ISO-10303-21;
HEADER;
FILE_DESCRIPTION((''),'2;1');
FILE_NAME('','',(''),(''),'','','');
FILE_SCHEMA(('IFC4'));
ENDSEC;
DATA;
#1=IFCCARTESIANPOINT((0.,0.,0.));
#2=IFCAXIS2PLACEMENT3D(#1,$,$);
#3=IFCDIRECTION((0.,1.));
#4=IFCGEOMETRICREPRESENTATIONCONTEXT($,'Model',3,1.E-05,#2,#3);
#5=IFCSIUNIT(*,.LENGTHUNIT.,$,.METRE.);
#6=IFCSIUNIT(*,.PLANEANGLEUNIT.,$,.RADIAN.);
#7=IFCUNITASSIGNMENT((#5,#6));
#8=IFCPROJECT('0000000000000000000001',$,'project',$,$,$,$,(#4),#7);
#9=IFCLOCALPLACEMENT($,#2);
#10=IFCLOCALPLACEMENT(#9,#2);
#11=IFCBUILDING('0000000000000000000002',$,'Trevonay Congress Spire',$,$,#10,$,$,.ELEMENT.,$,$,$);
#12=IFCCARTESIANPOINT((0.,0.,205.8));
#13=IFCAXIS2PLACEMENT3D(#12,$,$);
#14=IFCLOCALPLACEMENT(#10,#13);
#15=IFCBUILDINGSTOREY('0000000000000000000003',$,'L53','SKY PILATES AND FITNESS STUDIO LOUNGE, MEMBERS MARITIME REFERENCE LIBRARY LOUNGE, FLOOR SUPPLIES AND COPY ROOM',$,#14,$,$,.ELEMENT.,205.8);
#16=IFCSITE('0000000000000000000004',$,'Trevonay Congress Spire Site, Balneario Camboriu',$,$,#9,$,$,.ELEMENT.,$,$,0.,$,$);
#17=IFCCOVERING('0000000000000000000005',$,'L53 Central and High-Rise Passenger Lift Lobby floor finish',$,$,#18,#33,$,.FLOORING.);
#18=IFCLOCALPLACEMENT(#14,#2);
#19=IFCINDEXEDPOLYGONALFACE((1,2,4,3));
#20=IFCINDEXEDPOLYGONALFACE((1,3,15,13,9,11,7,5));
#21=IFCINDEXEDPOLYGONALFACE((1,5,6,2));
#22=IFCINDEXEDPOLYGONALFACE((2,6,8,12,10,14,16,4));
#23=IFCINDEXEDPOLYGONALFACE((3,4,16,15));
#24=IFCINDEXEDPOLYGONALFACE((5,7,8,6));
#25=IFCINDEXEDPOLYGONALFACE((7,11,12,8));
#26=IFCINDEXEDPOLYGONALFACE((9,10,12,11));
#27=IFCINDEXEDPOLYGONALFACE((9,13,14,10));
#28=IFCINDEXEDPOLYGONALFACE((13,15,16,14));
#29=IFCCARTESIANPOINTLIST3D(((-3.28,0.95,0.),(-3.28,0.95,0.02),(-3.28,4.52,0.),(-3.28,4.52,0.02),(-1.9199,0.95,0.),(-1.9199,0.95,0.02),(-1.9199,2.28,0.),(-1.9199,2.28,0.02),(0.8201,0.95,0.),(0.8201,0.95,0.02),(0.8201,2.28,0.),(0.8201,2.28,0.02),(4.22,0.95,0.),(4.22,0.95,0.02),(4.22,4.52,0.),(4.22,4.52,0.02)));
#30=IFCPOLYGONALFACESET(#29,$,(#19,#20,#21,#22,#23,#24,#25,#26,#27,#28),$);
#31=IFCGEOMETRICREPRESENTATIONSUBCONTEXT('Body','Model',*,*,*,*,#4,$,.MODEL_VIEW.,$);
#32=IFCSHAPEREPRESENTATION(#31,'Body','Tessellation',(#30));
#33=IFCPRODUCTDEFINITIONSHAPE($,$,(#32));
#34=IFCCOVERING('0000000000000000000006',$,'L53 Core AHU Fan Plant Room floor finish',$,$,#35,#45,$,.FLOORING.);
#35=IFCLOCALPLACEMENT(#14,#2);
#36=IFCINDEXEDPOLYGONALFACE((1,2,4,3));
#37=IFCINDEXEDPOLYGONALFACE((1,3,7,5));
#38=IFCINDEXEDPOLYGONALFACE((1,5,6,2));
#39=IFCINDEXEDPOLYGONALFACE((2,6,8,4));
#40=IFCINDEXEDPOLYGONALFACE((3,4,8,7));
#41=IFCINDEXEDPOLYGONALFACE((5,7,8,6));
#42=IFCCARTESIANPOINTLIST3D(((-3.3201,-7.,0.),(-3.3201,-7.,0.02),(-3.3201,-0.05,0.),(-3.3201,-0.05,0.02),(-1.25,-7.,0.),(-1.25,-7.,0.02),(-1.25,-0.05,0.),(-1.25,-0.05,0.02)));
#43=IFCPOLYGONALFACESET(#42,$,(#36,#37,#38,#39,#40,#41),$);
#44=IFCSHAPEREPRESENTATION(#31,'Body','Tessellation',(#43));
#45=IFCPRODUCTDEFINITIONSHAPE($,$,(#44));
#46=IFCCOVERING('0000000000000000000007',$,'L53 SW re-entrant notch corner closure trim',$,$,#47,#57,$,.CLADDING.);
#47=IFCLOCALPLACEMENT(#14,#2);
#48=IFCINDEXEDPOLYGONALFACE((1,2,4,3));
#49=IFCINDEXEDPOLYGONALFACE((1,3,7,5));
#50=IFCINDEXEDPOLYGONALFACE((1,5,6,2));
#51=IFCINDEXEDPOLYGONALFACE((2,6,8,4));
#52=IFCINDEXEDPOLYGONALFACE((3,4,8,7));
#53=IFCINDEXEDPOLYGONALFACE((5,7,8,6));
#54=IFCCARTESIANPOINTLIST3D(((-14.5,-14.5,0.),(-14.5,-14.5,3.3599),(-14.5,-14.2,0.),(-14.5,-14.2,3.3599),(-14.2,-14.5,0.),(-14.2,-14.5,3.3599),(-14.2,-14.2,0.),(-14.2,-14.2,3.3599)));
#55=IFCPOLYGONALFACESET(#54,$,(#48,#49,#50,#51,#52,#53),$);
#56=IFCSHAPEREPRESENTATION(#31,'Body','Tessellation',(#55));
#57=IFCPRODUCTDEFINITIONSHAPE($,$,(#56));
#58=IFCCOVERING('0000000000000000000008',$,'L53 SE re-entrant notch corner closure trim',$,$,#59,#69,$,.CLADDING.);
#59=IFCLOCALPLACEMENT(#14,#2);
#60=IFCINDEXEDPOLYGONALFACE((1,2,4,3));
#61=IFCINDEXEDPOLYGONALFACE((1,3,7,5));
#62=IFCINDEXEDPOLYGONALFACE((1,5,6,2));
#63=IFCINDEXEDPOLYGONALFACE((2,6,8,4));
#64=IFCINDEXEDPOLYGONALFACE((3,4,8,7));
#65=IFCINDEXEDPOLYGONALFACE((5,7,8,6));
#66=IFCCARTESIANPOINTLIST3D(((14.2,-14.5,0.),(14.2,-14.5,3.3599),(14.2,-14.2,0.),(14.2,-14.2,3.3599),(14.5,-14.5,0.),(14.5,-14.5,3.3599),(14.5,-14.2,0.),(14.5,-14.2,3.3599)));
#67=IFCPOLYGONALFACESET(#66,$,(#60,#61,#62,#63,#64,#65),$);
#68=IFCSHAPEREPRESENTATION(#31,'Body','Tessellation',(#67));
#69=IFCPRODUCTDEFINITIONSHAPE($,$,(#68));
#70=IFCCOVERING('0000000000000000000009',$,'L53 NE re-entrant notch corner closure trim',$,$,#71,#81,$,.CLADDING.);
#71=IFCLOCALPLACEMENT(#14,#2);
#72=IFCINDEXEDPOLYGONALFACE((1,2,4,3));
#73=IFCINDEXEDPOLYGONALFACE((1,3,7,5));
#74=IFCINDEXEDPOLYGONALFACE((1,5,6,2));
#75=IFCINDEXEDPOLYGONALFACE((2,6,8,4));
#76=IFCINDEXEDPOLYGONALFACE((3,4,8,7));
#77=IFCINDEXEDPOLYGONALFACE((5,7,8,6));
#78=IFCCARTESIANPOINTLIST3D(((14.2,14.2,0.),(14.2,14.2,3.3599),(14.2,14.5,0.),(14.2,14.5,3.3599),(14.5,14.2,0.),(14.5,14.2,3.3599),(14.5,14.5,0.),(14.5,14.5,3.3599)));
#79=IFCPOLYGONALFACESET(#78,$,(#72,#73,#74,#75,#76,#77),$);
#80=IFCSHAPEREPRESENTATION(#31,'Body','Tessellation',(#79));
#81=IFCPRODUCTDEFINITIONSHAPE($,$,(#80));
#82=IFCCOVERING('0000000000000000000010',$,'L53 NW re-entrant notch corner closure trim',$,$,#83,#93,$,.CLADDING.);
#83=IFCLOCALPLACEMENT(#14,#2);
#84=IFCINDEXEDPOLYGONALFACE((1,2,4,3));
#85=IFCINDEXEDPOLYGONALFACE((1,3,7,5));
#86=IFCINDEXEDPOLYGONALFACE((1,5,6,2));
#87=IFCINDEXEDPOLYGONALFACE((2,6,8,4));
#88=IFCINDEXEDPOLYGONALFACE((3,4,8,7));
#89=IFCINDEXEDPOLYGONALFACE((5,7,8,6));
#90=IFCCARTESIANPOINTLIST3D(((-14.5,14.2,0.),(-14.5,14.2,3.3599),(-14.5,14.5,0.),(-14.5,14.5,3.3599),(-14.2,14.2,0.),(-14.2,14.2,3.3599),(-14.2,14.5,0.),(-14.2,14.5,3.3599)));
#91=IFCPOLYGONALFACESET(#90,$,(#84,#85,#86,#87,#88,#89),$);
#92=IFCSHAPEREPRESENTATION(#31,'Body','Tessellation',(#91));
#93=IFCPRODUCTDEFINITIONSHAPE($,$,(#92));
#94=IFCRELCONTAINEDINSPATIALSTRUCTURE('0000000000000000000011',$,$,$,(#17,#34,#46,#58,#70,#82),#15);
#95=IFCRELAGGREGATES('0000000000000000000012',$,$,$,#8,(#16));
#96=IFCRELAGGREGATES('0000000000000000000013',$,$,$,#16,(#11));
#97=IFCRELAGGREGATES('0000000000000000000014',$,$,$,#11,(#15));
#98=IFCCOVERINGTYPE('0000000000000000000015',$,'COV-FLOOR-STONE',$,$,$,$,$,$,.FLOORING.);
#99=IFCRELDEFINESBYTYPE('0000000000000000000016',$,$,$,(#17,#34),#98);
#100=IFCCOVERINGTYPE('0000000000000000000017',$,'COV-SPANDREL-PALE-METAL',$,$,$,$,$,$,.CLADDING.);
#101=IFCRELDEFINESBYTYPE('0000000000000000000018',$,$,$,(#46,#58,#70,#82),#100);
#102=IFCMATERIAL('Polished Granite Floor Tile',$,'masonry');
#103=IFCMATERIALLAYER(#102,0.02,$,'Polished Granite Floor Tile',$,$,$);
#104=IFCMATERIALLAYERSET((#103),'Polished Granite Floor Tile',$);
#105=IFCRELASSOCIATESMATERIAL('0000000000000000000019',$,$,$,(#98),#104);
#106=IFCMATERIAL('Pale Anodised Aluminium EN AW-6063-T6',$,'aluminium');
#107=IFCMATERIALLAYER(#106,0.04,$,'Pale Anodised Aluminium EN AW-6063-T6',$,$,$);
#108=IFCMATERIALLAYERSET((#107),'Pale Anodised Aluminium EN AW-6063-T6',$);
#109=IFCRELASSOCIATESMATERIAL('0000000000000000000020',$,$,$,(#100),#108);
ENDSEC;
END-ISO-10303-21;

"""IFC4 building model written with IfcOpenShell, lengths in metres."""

from ifc_helpers import new_model, si_unit, direction, frame, origin, place, context, subcontext, project, spatial, polyline, outline, extrude, material, layer, layer_set, type_object, element, save


model = new_model("IFC4")

# Units and contexts
model_context = context("Model", 3, precision=1e-05, world=origin(), true_north=direction((0.0, 1.0)))
body_context = subcontext(model_context, "Body", "Model", "MODEL_VIEW")
ifc_project = project(units=[si_unit("LENGTHUNIT", "METRE"), si_unit("PLANEANGLEUNIT", "RADIAN")], contexts=[model_context])

# Site, building, storey
site_placement = place(None, origin())
site = spatial("IfcSite", under=ifc_project, at=site_placement, Name="Trevonay Congress Spire Site, Balneario Camboriu", CompositionType="ELEMENT", RefElevation=0.0)
building_placement = place(site_placement, origin())
building = spatial("IfcBuilding", under=site, at=building_placement, Name="Trevonay Congress Spire", CompositionType="ELEMENT")
storey_placement = place(building_placement, frame((0.0, 0.0, 205.8)))
storey = spatial("IfcBuildingStorey", under=building, at=storey_placement, Name="L53", Description="SKY PILATES AND FITNESS STUDIO LOUNGE, MEMBERS MARITIME REFERENCE LIBRARY LOUNGE, FLOOR SUPPLIES AND COPY ROOM", CompositionType="ELEMENT", Elevation=205.8)

# Shared definitions
ifc_material_1 = material(Name="Pale Anodised Aluminium EN AW-6063-T6", Category="aluminium")

# Coverings
ifc_material_2 = material(Name="Polished Granite Floor Tile", Category="masonry")
ifc_layer_1 = layer(ifc_material_2, 0.02, Name="Polished Granite Floor Tile")
ifc_layer_set_1 = layer_set([ifc_layer_1], Name="Polished Granite Floor Tile")
covering_type_1 = type_object("IfcCoveringType", Name="COV-FLOOR-STONE", PredefinedType="FLOORING", material=ifc_layer_set_1)
covering_1_placement = place(storey_placement, origin())
element("IfcCovering", 1, at=covering_1_placement, inside=storey, type_object=covering_type_1, Name="L53 Central and High-Rise Passenger Lift Lobby floor finish", PredefinedType="FLOORING", context=body_context, shape_type="SweptSolid", body=[
    extrude(outline(polyline([(-3.28, 0.95), (-1.9199, 0.95), (-1.9199, 2.28), (0.8201, 2.28), (0.8201, 0.95), (4.22, 0.95), (4.22, 4.52), (-3.28, 4.52), (-3.28, 0.95)])), origin(), (0.0, 0.0, 1.0), 0.02),
])
covering_2_placement = place(storey_placement, origin())
element("IfcCovering", 2, at=covering_2_placement, inside=storey, type_object=covering_type_1, Name="L53 Core AHU Fan Plant Room floor finish", PredefinedType="FLOORING", context=body_context, shape_type="SweptSolid", body=[
    extrude(outline(polyline([(-3.3201, -7.0), (-1.25, -7.0), (-1.25, -0.05), (-3.3201, -0.05), (-3.3201, -7.0)])), origin(), (0.0, 0.0, 1.0), 0.02),
])
ifc_layer_2 = layer(ifc_material_1, 0.04, Name="Pale Anodised Aluminium EN AW-6063-T6")
ifc_layer_set_2 = layer_set([ifc_layer_2], Name="Pale Anodised Aluminium EN AW-6063-T6")
covering_type_2 = type_object("IfcCoveringType", Name="COV-SPANDREL-PALE-METAL", PredefinedType="CLADDING", material=ifc_layer_set_2)
covering_3_placement = place(storey_placement, origin())
element("IfcCovering", 3, at=covering_3_placement, inside=storey, type_object=covering_type_2, Name="L53 SW re-entrant notch corner closure trim", PredefinedType="CLADDING", context=body_context, shape_type="SweptSolid", body=[
    extrude(outline(polyline([(-14.5, -14.5), (-14.2, -14.5), (-14.2, -14.2), (-14.5, -14.2), (-14.5, -14.5)])), origin(), (0.0, 0.0, 1.0), 3.3599),
])
covering_4_placement = place(storey_placement, origin())
element("IfcCovering", 4, at=covering_4_placement, inside=storey, type_object=covering_type_2, Name="L53 SE re-entrant notch corner closure trim", PredefinedType="CLADDING", context=body_context, shape_type="SweptSolid", body=[
    extrude(outline(polyline([(14.2, -14.5), (14.5, -14.5), (14.5, -14.2), (14.2, -14.2), (14.2, -14.5)])), origin(), (0.0, 0.0, 1.0), 3.3599),
])
covering_5_placement = place(storey_placement, origin())
element("IfcCovering", 5, at=covering_5_placement, inside=storey, type_object=covering_type_2, Name="L53 NE re-entrant notch corner closure trim", PredefinedType="CLADDING", context=body_context, shape_type="SweptSolid", body=[
    extrude(outline(polyline([(14.2, 14.2), (14.5, 14.2), (14.5, 14.5), (14.2, 14.5), (14.2, 14.2)])), origin(), (0.0, 0.0, 1.0), 3.3599),
])
covering_6_placement = place(storey_placement, origin())
element("IfcCovering", 6, at=covering_6_placement, inside=storey, type_object=covering_type_2, Name="L53 NW re-entrant notch corner closure trim", PredefinedType="CLADDING", context=body_context, shape_type="SweptSolid", body=[
    extrude(outline(polyline([(-14.5, 14.2), (-14.2, 14.2), (-14.2, 14.5), (-14.5, 14.5), (-14.5, 14.2)])), origin(), (0.0, 0.0, 1.0), 3.3599),
])

save(model, "model.ifc")
